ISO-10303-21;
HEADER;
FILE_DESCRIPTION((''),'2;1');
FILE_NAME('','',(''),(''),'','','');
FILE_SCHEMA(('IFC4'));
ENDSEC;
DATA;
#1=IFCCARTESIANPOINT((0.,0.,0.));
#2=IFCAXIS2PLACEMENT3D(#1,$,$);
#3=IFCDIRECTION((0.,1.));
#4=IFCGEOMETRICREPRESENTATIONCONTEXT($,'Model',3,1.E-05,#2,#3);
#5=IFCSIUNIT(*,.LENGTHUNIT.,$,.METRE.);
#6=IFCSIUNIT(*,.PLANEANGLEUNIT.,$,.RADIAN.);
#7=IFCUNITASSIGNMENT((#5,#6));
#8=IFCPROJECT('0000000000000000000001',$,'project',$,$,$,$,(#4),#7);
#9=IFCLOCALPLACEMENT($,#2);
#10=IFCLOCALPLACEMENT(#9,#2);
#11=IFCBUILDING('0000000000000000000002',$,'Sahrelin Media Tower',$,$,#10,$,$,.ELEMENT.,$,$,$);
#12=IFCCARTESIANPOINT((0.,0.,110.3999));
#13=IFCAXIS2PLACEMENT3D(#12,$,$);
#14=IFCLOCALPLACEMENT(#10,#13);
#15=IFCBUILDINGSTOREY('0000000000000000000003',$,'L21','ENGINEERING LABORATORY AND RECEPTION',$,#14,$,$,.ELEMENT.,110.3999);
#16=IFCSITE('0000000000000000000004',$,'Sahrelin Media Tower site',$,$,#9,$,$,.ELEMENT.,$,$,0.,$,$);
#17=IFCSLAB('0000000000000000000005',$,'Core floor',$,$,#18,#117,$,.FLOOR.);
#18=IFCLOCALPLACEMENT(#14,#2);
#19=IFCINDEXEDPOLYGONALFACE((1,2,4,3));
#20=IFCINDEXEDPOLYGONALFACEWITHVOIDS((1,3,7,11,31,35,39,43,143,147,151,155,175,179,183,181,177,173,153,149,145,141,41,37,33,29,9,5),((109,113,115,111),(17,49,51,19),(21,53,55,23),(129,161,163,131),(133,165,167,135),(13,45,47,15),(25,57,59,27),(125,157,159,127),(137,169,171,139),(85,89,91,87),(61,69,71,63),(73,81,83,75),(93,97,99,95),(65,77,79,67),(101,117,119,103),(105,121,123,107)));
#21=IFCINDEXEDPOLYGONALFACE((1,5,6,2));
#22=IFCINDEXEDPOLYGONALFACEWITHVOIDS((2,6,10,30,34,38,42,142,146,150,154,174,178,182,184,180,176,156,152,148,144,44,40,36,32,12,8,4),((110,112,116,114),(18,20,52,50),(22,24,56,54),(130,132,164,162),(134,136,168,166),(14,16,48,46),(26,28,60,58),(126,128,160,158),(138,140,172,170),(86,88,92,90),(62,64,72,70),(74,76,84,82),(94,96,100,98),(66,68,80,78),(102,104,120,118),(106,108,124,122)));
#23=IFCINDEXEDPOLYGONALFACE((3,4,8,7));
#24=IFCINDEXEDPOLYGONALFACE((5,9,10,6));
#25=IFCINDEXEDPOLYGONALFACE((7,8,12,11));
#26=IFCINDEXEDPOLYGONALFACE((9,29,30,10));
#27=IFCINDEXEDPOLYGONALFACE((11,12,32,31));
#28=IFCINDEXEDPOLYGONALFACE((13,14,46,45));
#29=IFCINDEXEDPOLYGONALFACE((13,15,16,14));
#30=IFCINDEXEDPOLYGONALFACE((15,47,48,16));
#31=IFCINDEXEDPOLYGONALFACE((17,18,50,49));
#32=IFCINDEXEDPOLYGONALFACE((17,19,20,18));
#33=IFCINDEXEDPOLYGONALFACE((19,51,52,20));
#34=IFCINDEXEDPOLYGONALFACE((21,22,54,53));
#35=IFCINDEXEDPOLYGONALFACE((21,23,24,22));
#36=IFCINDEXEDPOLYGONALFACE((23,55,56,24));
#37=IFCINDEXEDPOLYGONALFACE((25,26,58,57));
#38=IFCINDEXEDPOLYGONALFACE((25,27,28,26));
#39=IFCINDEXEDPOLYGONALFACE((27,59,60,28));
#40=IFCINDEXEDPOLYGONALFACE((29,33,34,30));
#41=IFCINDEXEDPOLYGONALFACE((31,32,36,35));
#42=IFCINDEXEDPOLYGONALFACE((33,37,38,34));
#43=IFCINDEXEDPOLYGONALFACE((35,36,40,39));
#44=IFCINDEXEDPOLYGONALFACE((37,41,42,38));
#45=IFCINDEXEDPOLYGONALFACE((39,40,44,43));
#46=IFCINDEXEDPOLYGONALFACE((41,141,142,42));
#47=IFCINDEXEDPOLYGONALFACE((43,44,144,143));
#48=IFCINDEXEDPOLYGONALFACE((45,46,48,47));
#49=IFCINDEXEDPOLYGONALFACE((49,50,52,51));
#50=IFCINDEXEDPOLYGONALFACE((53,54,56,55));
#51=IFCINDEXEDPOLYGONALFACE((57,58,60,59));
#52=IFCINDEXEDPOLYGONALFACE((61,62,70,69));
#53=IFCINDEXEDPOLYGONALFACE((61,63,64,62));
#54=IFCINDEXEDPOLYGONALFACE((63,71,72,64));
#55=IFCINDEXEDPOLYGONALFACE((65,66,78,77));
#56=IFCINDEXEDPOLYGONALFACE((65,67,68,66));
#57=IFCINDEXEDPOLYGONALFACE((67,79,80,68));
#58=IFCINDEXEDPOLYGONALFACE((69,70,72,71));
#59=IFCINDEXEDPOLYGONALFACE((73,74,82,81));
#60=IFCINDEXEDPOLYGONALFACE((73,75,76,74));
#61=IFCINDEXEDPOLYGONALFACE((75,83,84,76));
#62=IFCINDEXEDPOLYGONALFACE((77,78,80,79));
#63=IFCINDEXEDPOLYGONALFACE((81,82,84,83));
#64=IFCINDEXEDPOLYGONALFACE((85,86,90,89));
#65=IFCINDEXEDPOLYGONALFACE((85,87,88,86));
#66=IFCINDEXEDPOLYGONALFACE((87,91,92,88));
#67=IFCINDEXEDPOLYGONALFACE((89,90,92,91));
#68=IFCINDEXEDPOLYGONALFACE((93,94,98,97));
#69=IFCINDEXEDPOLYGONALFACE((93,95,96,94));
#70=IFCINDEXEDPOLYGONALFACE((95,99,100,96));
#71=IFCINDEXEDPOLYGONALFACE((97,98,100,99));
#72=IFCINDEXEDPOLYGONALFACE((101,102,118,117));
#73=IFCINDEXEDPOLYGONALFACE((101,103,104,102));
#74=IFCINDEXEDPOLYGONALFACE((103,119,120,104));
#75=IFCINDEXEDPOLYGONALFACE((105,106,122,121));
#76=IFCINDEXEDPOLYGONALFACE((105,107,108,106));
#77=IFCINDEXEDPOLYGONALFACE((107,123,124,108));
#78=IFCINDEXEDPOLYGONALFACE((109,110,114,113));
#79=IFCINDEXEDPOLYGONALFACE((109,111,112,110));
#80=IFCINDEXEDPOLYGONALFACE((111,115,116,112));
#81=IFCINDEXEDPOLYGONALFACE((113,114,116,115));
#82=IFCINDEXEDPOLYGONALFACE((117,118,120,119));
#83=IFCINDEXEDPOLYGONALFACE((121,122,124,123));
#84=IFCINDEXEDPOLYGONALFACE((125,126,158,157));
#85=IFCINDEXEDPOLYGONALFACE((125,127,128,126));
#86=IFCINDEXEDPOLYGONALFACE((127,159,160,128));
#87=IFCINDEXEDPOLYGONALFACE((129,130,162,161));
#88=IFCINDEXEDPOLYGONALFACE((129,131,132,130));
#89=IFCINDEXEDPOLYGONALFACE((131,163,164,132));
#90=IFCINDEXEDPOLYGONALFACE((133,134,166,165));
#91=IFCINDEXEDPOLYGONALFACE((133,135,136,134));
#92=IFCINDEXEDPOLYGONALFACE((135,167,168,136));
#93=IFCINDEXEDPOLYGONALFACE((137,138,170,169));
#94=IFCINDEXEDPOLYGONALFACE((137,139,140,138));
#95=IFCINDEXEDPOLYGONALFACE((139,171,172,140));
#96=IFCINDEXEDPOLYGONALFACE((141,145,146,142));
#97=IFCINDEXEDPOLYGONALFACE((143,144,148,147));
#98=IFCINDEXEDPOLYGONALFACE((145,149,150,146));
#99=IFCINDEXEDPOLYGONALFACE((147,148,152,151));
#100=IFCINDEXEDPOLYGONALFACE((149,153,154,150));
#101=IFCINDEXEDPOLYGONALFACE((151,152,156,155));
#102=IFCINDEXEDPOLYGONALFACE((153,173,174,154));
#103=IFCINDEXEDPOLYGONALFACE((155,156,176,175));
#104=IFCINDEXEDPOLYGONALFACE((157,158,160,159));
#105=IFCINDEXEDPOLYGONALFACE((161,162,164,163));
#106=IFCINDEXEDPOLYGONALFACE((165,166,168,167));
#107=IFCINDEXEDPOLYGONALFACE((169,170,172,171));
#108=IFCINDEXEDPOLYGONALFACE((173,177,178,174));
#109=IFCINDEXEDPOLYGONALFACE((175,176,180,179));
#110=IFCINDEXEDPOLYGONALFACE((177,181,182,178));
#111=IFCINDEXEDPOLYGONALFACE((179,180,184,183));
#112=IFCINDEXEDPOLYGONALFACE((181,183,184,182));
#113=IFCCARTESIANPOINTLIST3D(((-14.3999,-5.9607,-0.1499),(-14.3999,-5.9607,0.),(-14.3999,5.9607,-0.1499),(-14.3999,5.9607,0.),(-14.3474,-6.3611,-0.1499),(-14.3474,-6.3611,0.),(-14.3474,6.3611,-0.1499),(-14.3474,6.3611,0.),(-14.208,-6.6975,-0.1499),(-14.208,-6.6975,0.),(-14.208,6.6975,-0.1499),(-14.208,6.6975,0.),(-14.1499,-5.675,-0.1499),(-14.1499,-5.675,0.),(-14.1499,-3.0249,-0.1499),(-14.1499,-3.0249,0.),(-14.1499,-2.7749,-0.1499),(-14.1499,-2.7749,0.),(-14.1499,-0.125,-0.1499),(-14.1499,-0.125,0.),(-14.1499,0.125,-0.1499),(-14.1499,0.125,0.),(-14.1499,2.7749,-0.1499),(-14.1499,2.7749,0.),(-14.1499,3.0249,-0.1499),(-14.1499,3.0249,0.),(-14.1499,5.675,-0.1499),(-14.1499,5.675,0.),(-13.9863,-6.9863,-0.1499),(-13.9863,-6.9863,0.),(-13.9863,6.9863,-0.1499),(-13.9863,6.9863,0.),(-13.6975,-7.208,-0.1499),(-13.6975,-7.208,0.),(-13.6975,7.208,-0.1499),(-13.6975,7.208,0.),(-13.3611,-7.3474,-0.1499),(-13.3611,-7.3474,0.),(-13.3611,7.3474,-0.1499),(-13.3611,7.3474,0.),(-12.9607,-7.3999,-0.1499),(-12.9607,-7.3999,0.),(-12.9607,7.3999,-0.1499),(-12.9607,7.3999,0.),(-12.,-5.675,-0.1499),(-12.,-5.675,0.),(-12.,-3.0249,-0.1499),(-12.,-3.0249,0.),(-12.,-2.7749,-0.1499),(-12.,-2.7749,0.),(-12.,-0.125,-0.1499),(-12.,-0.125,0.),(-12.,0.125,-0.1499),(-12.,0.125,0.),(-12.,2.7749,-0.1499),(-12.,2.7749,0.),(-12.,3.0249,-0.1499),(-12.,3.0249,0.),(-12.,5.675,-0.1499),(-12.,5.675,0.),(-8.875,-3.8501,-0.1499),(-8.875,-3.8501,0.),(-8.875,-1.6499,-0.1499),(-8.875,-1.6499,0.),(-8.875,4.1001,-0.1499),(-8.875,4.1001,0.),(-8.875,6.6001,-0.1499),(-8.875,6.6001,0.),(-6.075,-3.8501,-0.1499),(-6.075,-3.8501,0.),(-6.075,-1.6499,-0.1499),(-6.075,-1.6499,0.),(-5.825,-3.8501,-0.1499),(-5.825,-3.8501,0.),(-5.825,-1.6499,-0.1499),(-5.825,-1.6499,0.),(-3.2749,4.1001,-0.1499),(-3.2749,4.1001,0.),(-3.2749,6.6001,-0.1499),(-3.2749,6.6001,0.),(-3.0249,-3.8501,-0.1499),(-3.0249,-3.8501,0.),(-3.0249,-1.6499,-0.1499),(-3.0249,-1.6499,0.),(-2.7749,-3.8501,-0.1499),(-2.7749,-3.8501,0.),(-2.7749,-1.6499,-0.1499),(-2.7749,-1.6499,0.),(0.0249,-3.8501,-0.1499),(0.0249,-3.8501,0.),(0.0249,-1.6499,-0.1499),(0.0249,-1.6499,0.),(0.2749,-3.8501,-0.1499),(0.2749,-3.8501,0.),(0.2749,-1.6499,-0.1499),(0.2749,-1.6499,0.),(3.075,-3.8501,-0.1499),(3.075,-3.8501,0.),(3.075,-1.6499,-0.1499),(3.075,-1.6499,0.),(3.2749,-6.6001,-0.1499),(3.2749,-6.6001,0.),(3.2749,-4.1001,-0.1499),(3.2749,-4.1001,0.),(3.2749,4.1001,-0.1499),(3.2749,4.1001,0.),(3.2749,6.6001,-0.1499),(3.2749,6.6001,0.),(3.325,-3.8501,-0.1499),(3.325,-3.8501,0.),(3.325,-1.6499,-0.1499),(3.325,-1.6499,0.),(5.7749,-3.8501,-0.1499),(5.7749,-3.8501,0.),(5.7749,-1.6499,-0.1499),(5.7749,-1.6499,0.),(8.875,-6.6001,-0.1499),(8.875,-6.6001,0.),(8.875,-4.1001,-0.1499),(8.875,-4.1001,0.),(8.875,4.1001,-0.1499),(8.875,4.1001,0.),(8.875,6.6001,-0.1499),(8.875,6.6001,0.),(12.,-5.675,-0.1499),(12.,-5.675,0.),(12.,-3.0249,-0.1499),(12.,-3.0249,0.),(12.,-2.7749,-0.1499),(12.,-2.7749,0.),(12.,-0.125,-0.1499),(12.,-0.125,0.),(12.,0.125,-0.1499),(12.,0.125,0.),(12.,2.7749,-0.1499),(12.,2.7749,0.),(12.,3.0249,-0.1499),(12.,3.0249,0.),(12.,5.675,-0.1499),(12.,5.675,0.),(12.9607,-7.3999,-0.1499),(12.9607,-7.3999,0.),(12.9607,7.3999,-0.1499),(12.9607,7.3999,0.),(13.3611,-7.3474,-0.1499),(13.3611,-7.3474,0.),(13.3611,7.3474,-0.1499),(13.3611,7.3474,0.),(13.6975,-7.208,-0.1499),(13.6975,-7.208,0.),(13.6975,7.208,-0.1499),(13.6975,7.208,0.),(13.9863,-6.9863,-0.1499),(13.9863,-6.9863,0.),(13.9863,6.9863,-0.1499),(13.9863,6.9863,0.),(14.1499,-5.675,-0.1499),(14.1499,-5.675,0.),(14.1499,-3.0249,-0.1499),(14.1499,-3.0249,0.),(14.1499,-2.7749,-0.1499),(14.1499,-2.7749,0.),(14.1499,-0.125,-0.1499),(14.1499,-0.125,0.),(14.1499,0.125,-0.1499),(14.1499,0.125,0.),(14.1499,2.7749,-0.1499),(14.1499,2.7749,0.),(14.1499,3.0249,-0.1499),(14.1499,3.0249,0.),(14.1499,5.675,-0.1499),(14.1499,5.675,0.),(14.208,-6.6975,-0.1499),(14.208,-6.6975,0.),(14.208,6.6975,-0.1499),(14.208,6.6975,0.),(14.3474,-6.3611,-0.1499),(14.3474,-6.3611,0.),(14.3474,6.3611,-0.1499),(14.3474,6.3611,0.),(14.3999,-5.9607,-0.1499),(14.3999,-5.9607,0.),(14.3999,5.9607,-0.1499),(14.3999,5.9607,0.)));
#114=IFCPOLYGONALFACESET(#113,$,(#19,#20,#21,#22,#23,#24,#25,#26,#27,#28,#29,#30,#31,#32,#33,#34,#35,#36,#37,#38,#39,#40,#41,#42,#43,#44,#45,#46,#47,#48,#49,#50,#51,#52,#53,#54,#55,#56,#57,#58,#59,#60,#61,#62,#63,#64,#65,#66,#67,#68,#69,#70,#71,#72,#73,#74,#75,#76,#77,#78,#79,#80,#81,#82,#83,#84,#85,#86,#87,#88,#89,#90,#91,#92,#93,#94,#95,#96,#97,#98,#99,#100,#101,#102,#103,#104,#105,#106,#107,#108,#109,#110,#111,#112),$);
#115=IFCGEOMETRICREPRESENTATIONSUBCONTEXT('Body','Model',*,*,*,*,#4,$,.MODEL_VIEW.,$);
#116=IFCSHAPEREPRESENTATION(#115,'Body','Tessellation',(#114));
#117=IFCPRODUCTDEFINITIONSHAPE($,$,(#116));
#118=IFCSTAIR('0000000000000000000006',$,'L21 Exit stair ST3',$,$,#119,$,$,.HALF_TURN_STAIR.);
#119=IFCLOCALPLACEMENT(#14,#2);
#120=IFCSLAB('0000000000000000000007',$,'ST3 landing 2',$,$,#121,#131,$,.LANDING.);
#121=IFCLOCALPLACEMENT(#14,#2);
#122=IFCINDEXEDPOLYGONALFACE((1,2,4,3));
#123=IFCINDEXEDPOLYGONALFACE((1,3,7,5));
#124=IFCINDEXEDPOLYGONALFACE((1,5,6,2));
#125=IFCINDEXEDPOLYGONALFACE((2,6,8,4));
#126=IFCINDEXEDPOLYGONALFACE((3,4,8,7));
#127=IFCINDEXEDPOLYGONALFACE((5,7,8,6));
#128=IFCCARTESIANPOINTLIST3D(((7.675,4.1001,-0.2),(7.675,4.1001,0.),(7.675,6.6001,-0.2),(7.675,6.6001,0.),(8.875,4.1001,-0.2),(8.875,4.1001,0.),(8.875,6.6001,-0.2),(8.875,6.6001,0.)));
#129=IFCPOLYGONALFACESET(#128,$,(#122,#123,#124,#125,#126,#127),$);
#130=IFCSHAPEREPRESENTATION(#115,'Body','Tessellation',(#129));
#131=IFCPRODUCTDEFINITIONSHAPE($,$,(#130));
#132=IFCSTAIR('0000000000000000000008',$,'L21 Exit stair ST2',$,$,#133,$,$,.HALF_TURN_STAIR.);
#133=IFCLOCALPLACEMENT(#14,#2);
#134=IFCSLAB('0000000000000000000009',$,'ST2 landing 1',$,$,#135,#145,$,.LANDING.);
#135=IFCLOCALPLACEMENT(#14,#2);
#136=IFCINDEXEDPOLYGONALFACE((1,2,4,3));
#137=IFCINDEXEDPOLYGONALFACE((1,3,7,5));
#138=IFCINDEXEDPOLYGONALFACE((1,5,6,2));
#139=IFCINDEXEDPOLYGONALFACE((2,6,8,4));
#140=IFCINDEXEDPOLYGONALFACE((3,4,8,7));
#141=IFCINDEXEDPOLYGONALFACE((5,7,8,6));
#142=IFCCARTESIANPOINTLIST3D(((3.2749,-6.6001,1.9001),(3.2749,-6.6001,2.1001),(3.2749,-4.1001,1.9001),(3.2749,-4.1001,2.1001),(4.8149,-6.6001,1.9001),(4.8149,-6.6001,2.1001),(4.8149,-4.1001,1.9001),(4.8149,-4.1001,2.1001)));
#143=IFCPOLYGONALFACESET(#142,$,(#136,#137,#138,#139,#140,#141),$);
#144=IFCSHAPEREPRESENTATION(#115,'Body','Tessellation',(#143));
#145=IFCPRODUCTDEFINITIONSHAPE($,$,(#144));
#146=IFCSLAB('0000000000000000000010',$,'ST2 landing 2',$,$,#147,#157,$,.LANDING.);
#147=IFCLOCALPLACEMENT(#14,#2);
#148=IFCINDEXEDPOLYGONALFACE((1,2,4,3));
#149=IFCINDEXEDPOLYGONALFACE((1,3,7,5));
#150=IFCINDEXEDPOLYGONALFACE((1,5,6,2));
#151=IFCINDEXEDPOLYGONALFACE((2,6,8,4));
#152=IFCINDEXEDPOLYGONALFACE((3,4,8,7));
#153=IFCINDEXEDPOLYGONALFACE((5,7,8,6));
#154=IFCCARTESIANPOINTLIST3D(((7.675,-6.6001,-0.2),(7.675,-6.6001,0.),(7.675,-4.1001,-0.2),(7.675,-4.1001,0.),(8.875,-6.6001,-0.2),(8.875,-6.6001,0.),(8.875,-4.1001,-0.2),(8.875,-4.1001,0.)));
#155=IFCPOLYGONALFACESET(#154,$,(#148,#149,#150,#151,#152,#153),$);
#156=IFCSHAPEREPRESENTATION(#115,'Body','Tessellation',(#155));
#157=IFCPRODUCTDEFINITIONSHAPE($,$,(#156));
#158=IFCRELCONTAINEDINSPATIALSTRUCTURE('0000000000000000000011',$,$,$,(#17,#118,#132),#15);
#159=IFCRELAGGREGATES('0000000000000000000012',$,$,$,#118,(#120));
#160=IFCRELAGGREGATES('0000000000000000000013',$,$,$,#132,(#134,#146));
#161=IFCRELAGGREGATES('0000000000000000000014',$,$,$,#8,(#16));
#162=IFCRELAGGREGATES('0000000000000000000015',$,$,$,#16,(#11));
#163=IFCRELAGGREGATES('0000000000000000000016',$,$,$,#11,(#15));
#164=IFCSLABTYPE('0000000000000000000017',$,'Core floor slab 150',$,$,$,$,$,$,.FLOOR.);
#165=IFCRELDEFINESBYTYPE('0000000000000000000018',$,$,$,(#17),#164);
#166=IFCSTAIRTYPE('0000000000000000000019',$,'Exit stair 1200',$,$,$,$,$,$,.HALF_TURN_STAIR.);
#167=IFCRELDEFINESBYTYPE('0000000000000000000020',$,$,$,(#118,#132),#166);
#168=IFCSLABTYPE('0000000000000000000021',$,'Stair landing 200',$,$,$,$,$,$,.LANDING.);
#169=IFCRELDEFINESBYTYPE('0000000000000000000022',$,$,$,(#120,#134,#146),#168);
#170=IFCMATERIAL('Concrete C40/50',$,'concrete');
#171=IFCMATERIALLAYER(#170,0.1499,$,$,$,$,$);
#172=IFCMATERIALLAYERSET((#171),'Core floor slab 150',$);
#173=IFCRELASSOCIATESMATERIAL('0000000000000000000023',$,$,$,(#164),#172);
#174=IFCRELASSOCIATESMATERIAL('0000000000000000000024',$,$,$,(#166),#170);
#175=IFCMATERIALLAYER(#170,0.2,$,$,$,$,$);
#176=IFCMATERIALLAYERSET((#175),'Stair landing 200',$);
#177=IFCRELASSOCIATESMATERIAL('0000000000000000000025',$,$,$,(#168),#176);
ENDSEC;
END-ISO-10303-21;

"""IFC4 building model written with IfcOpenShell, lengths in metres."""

from ifc_helpers import new_model, si_unit, direction, frame, origin, place, context, subcontext, project, spatial, polyline, outline, extrude, material, layer, layer_set, type_object, element, aggregate, save


model = new_model("IFC4")

# Units and contexts
model_context = context("Model", 3, precision=1e-05, world=origin(), true_north=direction((0.0, 1.0)))
body_context = subcontext(model_context, "Body", "Model", "MODEL_VIEW")
ifc_project = project(units=[si_unit("LENGTHUNIT", "METRE"), si_unit("PLANEANGLEUNIT", "RADIAN")], contexts=[model_context])

# Site, building, storey
site_placement = place(None, origin())
site = spatial("IfcSite", under=ifc_project, at=site_placement, Name="Sahrelin Media Tower site", CompositionType="ELEMENT", RefElevation=0.0)
building_placement = place(site_placement, origin())
building = spatial("IfcBuilding", under=site, at=building_placement, Name="Sahrelin Media Tower", CompositionType="ELEMENT")
storey_placement = place(building_placement, frame((0.0, 0.0, 110.3999)))
storey = spatial("IfcBuildingStorey", under=building, at=storey_placement, Name="L21", Description="ENGINEERING LABORATORY AND RECEPTION", CompositionType="ELEMENT", Elevation=110.3999)

# Slab
ifc_material_1 = material(Name="Concrete C40/50", Category="concrete")
ifc_layer_1 = layer(ifc_material_1, 0.1499)
ifc_layer_set_1 = layer_set([ifc_layer_1], Name="Core floor slab 150")
slab_type_1 = type_object("IfcSlabType", Name="Core floor slab 150", PredefinedType="FLOOR", material=ifc_layer_set_1)
slab_1_placement = place(storey_placement, frame((0.0, 0.0, -0.1499)))
element("IfcSlab", 1, at=slab_1_placement, inside=storey, type_object=slab_type_1, Name="Core floor", PredefinedType="FLOOR", context=body_context, shape_type="SweptSolid", body=[
    extrude(outline(polyline([(-14.3474, 6.3611), (-14.3999, 5.9607), (-14.3999, -5.9607), (-14.3474, -6.3611), (-14.208, -6.6975), (-13.9863, -6.9863), (-13.6975, -7.208), (-13.3611, -7.3474), (-12.9607, -7.3999), (12.9607, -7.3999), (13.3611, -7.3474), (13.6975, -7.208), (13.9863, -6.9863), (14.208, -6.6975), (14.3474, -6.3611), (14.3999, -5.9607), (14.3999, 5.9607), (14.3474, 6.3611), (14.208, 6.6975), (13.9863, 6.9863), (13.6975, 7.208), (13.3611, 7.3474), (12.9607, 7.3999), (-12.9607, 7.3999), (-13.3611, 7.3474), (-13.6975, 7.208), (-13.9863, 6.9863), (-14.208, 6.6975), (-14.3474, 6.3611)]), holes=[polyline([(-12.0, 3.0249), (-12.0, 5.675), (-14.1499, 5.675), (-14.1499, 3.0249), (-12.0, 3.0249)]), polyline([(-14.1499, 0.125), (-12.0, 0.125), (-12.0, 2.7749), (-14.1499, 2.7749), (-14.1499, 0.125)]), polyline([(-14.1499, -0.125), (-14.1499, -2.7749), (-12.0, -2.7749), (-12.0, -0.125), (-14.1499, -0.125)]), polyline([(-12.0, -3.0249), (-14.1499, -3.0249), (-14.1499, -5.675), (-12.0, -5.675), (-12.0, -3.0249)]), polyline([(14.1499, 3.0249), (14.1499, 5.675), (12.0, 5.675), (12.0, 3.0249), (14.1499, 3.0249)]), polyline([(12.0, 0.125), (14.1499, 0.125), (14.1499, 2.7749), (12.0, 2.7749), (12.0, 0.125)]), polyline([(12.0, -0.125), (12.0, -2.7749), (14.1499, -2.7749), (14.1499, -0.125), (12.0, -0.125)]), polyline([(14.1499, -3.0249), (12.0, -3.0249), (12.0, -5.675), (14.1499, -5.675), (14.1499, -3.0249)]), polyline([(-6.075, -3.8501), (-6.075, -1.6499), (-8.875, -1.6499), (-8.875, -3.8501), (-6.075, -3.8501)]), polyline([(-5.825, -3.8501), (-3.0249, -3.8501), (-3.0249, -1.6499), (-5.825, -1.6499), (-5.825, -3.8501)]), polyline([(-2.7749, -1.6499), (-2.7749, -3.8501), (0.0249, -3.8501), (0.0249, -1.6499), (-2.7749, -1.6499)]), polyline([(3.075, -1.6499), (0.2749, -1.6499), (0.2749, -3.8501), (3.075, -3.8501), (3.075, -1.6499)]), polyline([(5.7749, -3.8501), (5.7749, -1.6499), (3.325, -1.6499), (3.325, -3.8501), (5.7749, -3.8501)]), polyline([(-8.875, 6.6001), (-8.875, 4.1001), (-3.2749, 4.1001), (-3.2749, 6.6001), (-8.875, 6.6001)]), polyline([(3.2749, 4.1001), (8.875, 4.1001), (8.875, 6.6001), (3.2749, 6.6001), (3.2749, 4.1001)]), polyline([(3.2749, -4.1001), (3.2749, -6.6001), (8.875, -6.6001), (8.875, -4.1001), (3.2749, -4.1001)])]), origin(), (0.0, 0.0, 1.0), 0.1499),
])

# Stair, slab
stair_type = type_object("IfcStairType", Name="Exit stair 1200", PredefinedType="HALF_TURN_STAIR", material=ifc_material_1)
placement_1 = place(storey_placement, origin())
stair_1 = element("IfcStair", 2, at=placement_1, inside=storey, type_object=stair_type, Name="L21 Exit stair ST3", PredefinedType="HALF_TURN_STAIR")
ifc_layer_2 = layer(ifc_material_1, 0.2)
ifc_layer_set_2 = layer_set([ifc_layer_2], Name="Stair landing 200")
slab_type_2 = type_object("IfcSlabType", Name="Stair landing 200", PredefinedType="LANDING", material=ifc_layer_set_2)
placement_2 = place(storey_placement, frame((0.0, 0.0, -0.2)))
slab_2 = element("IfcSlab", 3, at=placement_2, type_object=slab_type_2, Name="ST3 landing 2", PredefinedType="LANDING", context=body_context, shape_type="SweptSolid", body=[
    extrude(outline(polyline([(8.875, 6.6001), (7.675, 6.6001), (7.675, 4.1001), (8.875, 4.1001), (8.875, 6.6001)])), origin(), (0.0, 0.0, 1.0), 0.2),
])
aggregate(stair_1, [slab_2])

# Stair, slabs
stair_2 = element("IfcStair", 4, at=placement_1, inside=storey, type_object=stair_type, Name="L21 Exit stair ST2", PredefinedType="HALF_TURN_STAIR")
slab_3_placement = place(storey_placement, frame((0.0, 0.0, 1.9001)))
slab_3 = element("IfcSlab", 5, at=slab_3_placement, type_object=slab_type_2, Name="ST2 landing 1", PredefinedType="LANDING", context=body_context, shape_type="SweptSolid", body=[
    extrude(outline(polyline([(4.8149, -4.1001), (3.2749, -4.1001), (3.2749, -6.6001), (4.8149, -6.6001), (4.8149, -4.1001)])), origin(), (0.0, 0.0, 1.0), 0.2),
])
slab_4 = element("IfcSlab", 6, at=placement_2, type_object=slab_type_2, Name="ST2 landing 2", PredefinedType="LANDING", context=body_context, shape_type="SweptSolid", body=[
    extrude(outline(polyline([(8.875, -4.1001), (7.675, -4.1001), (7.675, -6.6001), (8.875, -6.6001), (8.875, -4.1001)])), origin(), (0.0, 0.0, 1.0), 0.2),
])
aggregate(stair_2, [slab_3, slab_4])

save(model, "model.ifc")
